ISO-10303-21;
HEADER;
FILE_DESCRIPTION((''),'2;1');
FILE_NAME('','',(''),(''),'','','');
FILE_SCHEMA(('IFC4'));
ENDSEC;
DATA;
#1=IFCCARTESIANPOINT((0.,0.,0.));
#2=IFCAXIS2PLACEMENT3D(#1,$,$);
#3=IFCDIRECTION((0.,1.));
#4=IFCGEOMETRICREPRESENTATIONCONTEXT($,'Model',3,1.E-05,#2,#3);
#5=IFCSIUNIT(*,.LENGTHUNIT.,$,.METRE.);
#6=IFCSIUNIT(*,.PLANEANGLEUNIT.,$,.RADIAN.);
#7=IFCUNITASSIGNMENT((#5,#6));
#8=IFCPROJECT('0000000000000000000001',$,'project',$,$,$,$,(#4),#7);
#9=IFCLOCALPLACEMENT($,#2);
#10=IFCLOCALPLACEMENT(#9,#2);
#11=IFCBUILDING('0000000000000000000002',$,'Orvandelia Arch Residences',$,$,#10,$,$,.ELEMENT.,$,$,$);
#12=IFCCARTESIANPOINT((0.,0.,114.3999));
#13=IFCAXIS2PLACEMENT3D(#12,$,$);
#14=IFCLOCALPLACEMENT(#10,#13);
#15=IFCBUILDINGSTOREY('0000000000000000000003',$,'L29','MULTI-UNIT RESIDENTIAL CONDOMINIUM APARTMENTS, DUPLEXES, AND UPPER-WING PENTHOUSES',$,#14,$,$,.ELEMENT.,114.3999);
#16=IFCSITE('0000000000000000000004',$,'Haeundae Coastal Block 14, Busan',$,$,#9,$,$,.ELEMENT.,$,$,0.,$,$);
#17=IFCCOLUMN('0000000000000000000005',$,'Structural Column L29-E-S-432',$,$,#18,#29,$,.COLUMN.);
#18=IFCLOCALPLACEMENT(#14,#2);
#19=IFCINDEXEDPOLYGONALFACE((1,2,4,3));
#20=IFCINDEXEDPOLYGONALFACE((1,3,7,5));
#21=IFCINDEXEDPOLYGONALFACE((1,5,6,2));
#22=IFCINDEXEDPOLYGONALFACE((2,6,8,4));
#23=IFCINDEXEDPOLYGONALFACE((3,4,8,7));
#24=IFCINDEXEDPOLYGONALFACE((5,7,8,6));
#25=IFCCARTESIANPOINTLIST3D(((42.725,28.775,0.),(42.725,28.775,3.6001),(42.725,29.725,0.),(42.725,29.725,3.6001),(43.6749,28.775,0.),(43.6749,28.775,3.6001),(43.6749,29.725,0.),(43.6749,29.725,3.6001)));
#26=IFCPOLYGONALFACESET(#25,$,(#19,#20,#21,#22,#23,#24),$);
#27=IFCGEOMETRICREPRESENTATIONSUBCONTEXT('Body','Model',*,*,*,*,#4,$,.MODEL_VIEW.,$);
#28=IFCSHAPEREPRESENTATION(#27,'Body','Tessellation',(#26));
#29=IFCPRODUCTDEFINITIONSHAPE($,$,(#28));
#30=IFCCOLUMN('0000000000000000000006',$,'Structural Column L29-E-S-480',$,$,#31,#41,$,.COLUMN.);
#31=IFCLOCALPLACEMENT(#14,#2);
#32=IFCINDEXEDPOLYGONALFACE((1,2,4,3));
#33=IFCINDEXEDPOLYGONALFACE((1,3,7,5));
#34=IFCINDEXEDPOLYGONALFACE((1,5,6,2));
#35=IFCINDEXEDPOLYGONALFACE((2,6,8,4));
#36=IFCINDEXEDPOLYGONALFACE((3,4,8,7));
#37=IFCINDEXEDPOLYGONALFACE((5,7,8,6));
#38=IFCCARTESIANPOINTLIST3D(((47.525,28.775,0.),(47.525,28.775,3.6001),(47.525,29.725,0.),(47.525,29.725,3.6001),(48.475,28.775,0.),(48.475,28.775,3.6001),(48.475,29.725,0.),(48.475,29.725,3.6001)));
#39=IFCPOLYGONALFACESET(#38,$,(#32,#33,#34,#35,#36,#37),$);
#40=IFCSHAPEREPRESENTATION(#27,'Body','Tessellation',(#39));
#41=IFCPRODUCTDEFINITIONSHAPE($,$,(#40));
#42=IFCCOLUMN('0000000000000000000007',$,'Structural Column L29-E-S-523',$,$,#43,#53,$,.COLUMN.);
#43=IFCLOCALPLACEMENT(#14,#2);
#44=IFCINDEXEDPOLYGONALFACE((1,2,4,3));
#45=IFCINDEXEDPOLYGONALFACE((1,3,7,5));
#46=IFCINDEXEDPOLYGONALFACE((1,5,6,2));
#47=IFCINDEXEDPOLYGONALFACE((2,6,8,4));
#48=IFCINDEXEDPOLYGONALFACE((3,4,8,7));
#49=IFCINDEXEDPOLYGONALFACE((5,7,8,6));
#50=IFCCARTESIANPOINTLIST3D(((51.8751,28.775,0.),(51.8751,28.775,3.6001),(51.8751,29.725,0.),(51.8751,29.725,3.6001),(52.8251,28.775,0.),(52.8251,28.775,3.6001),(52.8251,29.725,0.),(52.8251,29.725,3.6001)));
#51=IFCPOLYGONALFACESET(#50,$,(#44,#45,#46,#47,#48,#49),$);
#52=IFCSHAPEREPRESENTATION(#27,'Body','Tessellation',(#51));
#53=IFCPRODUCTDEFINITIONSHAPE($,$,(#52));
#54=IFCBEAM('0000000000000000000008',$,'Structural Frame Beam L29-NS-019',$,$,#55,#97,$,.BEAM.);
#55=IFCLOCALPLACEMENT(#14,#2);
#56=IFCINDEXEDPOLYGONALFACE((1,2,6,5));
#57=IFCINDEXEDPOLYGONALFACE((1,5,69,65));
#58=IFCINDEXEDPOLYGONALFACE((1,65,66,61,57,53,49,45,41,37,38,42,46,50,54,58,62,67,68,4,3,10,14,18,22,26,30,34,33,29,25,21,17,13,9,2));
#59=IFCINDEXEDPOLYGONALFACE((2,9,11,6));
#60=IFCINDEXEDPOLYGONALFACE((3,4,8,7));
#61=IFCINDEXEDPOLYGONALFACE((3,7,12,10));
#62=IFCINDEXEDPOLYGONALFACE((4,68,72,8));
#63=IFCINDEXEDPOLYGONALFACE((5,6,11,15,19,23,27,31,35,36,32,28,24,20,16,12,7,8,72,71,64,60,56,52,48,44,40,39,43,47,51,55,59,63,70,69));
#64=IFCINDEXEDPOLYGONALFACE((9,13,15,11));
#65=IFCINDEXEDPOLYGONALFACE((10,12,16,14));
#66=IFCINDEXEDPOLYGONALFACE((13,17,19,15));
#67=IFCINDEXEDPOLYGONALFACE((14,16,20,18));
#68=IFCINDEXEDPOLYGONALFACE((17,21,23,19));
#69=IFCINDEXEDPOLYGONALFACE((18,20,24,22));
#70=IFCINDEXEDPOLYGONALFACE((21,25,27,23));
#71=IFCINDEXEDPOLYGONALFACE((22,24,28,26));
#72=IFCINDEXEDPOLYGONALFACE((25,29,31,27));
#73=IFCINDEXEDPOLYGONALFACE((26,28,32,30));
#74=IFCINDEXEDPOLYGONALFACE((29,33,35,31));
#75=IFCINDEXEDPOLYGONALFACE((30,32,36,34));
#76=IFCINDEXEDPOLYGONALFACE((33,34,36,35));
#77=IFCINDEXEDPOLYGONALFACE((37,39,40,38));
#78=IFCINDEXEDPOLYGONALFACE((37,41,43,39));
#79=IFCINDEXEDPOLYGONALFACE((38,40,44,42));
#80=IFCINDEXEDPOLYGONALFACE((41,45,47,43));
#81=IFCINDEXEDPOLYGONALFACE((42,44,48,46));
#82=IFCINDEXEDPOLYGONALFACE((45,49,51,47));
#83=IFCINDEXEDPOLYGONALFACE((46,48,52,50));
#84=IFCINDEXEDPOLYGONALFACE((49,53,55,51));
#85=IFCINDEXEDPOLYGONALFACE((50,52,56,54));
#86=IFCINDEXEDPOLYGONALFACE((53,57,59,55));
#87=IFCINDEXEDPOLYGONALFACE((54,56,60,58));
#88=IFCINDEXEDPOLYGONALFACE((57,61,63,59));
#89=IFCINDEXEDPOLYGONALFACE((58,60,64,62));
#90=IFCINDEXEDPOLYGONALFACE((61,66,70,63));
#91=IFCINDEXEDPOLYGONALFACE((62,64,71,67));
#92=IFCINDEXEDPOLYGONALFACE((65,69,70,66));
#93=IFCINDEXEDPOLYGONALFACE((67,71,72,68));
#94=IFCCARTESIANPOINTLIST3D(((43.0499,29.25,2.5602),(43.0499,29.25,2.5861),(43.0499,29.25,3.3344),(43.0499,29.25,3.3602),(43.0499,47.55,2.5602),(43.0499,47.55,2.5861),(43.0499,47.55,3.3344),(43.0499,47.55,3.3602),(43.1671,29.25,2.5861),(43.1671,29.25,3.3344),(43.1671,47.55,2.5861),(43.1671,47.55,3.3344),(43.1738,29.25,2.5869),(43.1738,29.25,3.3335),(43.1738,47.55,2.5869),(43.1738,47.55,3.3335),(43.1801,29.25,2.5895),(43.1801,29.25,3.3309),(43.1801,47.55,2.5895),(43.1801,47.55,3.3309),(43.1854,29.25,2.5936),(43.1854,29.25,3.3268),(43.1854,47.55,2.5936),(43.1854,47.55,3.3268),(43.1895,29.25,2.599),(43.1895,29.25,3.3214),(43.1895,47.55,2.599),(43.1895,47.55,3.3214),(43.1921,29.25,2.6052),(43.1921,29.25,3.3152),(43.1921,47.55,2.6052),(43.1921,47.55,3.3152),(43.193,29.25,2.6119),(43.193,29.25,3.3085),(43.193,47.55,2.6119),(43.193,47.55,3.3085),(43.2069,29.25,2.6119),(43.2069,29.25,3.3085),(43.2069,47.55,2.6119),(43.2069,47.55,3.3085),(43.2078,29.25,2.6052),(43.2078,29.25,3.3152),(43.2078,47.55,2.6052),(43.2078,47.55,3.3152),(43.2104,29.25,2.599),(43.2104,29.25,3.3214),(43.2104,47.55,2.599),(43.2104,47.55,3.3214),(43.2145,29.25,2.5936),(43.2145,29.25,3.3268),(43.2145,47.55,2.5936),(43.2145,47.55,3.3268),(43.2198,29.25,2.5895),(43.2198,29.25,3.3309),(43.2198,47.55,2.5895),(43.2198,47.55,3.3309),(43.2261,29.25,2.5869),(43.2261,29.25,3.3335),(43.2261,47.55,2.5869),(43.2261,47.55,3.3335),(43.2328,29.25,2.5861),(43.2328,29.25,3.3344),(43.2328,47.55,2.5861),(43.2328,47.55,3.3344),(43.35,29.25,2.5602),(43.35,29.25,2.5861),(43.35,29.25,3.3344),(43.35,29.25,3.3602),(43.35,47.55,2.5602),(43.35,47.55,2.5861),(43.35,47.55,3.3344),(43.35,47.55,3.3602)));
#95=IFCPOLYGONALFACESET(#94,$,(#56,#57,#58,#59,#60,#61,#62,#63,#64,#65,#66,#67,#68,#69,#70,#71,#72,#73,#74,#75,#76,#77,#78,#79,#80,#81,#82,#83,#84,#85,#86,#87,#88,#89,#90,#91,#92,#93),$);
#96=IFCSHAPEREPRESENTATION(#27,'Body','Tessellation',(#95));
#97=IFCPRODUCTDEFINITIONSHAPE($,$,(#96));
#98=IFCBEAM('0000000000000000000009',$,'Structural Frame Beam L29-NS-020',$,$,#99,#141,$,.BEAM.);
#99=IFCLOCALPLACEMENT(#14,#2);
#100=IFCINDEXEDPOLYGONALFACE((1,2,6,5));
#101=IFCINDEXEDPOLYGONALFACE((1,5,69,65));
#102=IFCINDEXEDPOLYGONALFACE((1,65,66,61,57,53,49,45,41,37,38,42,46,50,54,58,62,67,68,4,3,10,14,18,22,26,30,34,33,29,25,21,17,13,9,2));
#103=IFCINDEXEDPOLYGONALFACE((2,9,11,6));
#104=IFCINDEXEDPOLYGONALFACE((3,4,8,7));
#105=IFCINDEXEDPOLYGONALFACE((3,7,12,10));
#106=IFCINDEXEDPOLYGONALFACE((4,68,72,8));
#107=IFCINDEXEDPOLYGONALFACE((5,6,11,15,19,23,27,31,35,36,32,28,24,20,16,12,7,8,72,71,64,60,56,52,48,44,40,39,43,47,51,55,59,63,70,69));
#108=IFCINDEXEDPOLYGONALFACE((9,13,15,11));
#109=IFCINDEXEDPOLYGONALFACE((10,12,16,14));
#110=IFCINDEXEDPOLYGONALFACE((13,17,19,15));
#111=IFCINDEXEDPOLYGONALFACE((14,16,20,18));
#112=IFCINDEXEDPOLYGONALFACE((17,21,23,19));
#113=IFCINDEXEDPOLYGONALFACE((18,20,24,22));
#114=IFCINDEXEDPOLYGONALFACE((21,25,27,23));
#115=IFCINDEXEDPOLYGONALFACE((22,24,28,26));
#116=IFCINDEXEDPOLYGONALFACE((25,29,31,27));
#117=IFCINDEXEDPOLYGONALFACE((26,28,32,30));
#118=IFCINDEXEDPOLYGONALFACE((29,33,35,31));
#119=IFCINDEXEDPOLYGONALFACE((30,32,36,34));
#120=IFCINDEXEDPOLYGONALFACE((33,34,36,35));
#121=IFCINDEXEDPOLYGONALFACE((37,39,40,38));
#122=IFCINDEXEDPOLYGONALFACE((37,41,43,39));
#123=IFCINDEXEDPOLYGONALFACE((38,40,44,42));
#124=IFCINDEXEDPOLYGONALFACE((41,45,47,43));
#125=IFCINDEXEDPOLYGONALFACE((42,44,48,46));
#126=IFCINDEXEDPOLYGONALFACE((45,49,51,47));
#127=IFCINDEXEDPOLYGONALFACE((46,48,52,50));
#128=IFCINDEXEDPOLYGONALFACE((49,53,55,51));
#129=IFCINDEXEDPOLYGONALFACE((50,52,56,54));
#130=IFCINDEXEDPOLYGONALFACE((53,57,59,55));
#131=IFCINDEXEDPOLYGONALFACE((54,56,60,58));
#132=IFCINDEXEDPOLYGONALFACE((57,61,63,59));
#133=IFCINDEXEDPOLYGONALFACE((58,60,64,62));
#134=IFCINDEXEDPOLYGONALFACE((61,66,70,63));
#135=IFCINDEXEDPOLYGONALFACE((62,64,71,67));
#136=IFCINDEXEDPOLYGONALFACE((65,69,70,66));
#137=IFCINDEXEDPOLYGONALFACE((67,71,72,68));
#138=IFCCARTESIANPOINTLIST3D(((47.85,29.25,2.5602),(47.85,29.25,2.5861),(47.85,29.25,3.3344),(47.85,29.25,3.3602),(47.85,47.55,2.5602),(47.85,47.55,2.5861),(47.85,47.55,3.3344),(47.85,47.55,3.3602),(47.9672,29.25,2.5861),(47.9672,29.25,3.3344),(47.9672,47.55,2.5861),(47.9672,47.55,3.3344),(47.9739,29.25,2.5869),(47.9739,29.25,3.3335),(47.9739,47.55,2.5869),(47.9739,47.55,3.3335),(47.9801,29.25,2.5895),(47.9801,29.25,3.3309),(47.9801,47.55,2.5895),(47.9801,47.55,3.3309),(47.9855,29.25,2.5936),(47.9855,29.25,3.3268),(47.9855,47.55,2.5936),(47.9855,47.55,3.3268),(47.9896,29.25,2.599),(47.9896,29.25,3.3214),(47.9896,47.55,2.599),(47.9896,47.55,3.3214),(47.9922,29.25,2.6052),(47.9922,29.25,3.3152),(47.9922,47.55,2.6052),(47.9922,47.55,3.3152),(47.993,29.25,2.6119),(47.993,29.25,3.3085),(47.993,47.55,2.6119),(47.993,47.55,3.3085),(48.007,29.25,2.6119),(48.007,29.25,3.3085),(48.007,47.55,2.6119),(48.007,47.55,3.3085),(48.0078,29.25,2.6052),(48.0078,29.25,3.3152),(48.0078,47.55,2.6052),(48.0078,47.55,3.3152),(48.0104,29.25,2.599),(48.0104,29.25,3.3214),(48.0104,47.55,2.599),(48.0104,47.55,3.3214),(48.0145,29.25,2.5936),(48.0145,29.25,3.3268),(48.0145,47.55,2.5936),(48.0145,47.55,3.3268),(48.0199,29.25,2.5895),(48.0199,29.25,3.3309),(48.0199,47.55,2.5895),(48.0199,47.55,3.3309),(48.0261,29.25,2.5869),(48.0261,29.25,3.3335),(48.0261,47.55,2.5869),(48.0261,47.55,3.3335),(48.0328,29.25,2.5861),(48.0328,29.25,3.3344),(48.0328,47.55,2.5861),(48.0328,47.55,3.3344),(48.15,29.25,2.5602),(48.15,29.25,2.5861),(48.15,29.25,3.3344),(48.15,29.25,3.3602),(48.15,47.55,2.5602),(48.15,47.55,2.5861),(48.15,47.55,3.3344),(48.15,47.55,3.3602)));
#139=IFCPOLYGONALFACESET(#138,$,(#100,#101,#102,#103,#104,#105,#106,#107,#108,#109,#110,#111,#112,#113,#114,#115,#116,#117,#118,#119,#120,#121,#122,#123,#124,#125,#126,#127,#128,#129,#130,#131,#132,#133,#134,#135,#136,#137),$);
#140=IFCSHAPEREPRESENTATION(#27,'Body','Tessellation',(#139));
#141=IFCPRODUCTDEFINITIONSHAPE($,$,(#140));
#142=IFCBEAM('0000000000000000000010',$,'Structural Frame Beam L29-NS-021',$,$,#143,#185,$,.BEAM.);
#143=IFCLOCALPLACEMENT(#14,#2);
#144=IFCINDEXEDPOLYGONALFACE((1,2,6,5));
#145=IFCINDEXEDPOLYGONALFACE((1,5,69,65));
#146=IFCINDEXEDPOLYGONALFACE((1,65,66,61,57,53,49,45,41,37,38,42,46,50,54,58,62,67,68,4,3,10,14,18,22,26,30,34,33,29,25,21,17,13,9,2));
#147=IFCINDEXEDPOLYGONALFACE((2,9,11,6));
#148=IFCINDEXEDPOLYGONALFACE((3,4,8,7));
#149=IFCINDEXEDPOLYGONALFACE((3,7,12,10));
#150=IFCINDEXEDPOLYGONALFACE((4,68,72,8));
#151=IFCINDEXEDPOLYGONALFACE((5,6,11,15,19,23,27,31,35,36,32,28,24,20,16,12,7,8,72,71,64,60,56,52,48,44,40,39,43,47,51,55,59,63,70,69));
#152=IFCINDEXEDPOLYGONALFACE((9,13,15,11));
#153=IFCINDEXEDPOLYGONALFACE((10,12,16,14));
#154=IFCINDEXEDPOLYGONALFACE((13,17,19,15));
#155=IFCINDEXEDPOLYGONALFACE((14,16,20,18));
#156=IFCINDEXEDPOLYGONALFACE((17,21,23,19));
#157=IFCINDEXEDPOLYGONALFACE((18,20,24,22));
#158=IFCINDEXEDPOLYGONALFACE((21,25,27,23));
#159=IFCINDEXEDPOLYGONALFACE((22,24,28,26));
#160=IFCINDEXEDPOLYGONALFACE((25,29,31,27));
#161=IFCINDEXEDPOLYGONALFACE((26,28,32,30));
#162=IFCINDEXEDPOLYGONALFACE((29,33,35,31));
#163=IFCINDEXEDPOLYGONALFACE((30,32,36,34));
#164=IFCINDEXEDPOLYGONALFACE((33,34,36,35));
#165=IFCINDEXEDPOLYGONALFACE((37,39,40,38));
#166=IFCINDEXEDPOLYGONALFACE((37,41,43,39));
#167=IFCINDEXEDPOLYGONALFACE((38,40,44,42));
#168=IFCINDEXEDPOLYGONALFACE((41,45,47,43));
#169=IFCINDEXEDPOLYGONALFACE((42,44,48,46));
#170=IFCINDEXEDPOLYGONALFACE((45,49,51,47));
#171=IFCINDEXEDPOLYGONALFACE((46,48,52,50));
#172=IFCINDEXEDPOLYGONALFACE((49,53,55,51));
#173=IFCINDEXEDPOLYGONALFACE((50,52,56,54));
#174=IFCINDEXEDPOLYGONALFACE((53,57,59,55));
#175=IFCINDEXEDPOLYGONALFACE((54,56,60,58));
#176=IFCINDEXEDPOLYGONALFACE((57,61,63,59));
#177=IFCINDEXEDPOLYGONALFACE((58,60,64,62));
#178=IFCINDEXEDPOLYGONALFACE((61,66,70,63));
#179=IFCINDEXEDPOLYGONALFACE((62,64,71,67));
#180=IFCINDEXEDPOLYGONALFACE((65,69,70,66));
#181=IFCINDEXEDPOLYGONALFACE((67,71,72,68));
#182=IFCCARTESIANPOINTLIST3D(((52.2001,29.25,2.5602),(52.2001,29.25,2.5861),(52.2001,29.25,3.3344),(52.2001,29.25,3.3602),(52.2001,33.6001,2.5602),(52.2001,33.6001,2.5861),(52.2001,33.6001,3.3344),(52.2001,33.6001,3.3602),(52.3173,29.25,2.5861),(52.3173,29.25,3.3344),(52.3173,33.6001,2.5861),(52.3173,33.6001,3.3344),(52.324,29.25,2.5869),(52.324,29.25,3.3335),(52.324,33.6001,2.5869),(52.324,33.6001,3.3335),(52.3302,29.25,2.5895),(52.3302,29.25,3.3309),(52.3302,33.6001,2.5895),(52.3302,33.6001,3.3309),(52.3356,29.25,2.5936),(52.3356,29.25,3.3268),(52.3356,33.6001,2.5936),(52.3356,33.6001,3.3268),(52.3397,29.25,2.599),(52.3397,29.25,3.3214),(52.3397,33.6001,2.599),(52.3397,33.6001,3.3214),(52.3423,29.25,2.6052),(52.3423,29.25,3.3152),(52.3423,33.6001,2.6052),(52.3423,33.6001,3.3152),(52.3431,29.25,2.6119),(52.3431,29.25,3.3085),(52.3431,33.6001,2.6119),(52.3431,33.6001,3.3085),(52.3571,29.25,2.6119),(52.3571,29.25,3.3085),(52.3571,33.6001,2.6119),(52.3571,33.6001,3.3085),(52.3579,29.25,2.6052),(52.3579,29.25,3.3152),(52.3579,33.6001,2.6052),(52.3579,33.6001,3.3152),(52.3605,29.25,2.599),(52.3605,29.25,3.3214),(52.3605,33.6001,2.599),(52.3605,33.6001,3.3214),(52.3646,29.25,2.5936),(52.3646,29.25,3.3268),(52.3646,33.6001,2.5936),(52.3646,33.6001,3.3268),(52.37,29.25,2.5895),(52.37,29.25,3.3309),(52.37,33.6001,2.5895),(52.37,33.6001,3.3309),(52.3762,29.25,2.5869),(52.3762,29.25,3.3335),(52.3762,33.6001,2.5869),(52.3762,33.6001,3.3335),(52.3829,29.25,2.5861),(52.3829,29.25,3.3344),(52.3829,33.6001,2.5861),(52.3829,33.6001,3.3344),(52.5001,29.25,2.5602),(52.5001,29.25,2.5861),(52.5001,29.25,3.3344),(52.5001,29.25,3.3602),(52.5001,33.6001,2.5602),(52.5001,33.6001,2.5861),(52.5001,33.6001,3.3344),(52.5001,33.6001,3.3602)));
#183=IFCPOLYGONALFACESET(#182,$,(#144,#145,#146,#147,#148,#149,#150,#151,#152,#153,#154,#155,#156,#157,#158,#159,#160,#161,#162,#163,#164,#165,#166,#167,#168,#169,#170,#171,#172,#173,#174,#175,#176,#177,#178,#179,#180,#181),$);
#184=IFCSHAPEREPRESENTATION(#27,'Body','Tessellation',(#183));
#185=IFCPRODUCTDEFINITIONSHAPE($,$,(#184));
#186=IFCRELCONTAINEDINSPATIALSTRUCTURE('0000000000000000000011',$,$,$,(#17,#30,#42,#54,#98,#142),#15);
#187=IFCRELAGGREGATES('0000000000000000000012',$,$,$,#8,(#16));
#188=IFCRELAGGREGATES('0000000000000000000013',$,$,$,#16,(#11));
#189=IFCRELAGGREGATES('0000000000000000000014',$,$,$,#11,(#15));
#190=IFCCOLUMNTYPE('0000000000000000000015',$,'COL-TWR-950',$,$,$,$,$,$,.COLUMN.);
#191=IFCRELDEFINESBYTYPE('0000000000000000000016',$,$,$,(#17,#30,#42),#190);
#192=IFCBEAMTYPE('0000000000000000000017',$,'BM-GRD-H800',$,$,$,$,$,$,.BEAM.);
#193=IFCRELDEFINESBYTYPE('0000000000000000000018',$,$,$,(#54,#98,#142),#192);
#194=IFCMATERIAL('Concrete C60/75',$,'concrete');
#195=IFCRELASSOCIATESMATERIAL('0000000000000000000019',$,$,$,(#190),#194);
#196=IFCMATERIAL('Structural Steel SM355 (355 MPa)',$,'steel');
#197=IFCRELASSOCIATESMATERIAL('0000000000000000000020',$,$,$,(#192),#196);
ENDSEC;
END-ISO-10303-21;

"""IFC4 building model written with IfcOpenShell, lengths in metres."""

from ifc_helpers import new_model, si_unit, direction, frame, origin, origin_2d, place, context, subcontext, project, spatial, rectangle, i_section, extrude, material, material_profile, profile_set, type_object, element, save


model = new_model("IFC4")

# Units and contexts
model_context = context("Model", 3, precision=1e-05, world=origin(), true_north=direction((0.0, 1.0)))
body_context = subcontext(model_context, "Body", "Model", "MODEL_VIEW")
ifc_project = project(units=[si_unit("LENGTHUNIT", "METRE"), si_unit("PLANEANGLEUNIT", "RADIAN")], contexts=[model_context])

# Site, building, storey
site_placement = place(None, origin())
site = spatial("IfcSite", under=ifc_project, at=site_placement, Name="Haeundae Coastal Block 14, Busan", CompositionType="ELEMENT", RefElevation=0.0)
building_placement = place(site_placement, origin())
building = spatial("IfcBuilding", under=site, at=building_placement, Name="Orvandelia Arch Residences", CompositionType="ELEMENT")
storey_placement = place(building_placement, frame((0.0, 0.0, 114.3999)))
storey = spatial("IfcBuildingStorey", under=building, at=storey_placement, Name="L29", Description="MULTI-UNIT RESIDENTIAL CONDOMINIUM APARTMENTS, DUPLEXES, AND UPPER-WING PENTHOUSES", CompositionType="ELEMENT", Elevation=114.3999)

# Columns
ifc_material_1 = material(Name="Concrete C60/75", Category="concrete")
ifc_material_profile_1 = material_profile(ifc_material_1, rectangle(XDim=0.95, YDim=0.95, at=origin_2d()), Name="Concrete C60/75", Category="concrete")
ifc_profile_set_1 = profile_set([ifc_material_profile_1], Name="Concrete C60/75")
column_type = type_object("IfcColumnType", Name="COL-TWR-950", PredefinedType="COLUMN", material=ifc_profile_set_1)
for number, where, z_axis, x_axis, name in (
    (1, (43.2, 29.25, 0.0), (0.0, 0.0, 1.0), (1.0, 0.0, 0.0), "Structural Column L29-E-S-432"),
    (2, (48.0, 29.25, 0.0), (0.0, 0.0, 1.0), (1.0, 0.0, 0.0), "Structural Column L29-E-S-480"),
    (3, (52.3501, 29.25, 0.0), (0.0, 0.0, 1.0), (1.0, 0.0, 0.0), "Structural Column L29-E-S-523"),
):
    element("IfcColumn", number, at=place(storey_placement, frame(where, z_axis=z_axis, x_axis=x_axis)), inside=storey, type_object=column_type, Name=name, PredefinedType="COLUMN", context=body_context, shape_type="SweptSolid", body=[
        extrude(rectangle(XDim=0.95, YDim=0.95, at=origin_2d()), origin(), (0.0, 0.0, 1.0), 3.6001),
    ])

# Beams
ifc_material_2 = material(Name="Structural Steel SM355 (355 MPa)", Category="steel")
ifc_material_profile_2 = material_profile(ifc_material_2, i_section(OverallWidth=0.3, OverallDepth=0.8, WebThickness=0.0139, FlangeThickness=0.0259, FilletRadius=0.0259, at=origin_2d()), Name="Structural Steel SM355 (355 MPa)", Category="steel")
ifc_profile_set_2 = profile_set([ifc_material_profile_2], Name="Structural Steel SM355 (355 MPa)")
beam_type = type_object("IfcBeamType", Name="BM-GRD-H800", PredefinedType="BEAM", material=ifc_profile_set_2)
for number, where, z_axis, x_axis, name in (
    (4, (43.2, 29.25, 2.9602), (0.0, 1.0, 0.0), (-1.0, 0.0, 0.0), "Structural Frame Beam L29-NS-019"),
    (5, (48.0, 29.25, 2.9602), (0.0, 1.0, 0.0), (-1.0, 0.0, 0.0), "Structural Frame Beam L29-NS-020"),
):
    element("IfcBeam", number, at=place(storey_placement, frame(where, z_axis=z_axis, x_axis=x_axis)), inside=storey, type_object=beam_type, Name=name, PredefinedType="BEAM", context=body_context, shape_type="SweptSolid", body=[
        extrude(i_section(OverallWidth=0.3, OverallDepth=0.8, WebThickness=0.0139, FlangeThickness=0.0259, FilletRadius=0.0259, at=origin_2d()), origin(), (0.0, 0.0, 1.0), 18.3),
    ])
beam_1_placement = place(storey_placement, frame((52.3501, 29.25, 2.9602), z_axis=(0.0, 1.0, 0.0), x_axis=(-1.0, 0.0, 0.0)))
element("IfcBeam", 6, at=beam_1_placement, inside=storey, type_object=beam_type, Name="Structural Frame Beam L29-NS-021", PredefinedType="BEAM", context=body_context, shape_type="SweptSolid", body=[
    extrude(i_section(OverallWidth=0.3, OverallDepth=0.8, WebThickness=0.0139, FlangeThickness=0.0259, FilletRadius=0.0259, at=origin_2d()), origin(), (0.0, 0.0, 1.0), 4.3501),
])

save(model, "model.ifc")
